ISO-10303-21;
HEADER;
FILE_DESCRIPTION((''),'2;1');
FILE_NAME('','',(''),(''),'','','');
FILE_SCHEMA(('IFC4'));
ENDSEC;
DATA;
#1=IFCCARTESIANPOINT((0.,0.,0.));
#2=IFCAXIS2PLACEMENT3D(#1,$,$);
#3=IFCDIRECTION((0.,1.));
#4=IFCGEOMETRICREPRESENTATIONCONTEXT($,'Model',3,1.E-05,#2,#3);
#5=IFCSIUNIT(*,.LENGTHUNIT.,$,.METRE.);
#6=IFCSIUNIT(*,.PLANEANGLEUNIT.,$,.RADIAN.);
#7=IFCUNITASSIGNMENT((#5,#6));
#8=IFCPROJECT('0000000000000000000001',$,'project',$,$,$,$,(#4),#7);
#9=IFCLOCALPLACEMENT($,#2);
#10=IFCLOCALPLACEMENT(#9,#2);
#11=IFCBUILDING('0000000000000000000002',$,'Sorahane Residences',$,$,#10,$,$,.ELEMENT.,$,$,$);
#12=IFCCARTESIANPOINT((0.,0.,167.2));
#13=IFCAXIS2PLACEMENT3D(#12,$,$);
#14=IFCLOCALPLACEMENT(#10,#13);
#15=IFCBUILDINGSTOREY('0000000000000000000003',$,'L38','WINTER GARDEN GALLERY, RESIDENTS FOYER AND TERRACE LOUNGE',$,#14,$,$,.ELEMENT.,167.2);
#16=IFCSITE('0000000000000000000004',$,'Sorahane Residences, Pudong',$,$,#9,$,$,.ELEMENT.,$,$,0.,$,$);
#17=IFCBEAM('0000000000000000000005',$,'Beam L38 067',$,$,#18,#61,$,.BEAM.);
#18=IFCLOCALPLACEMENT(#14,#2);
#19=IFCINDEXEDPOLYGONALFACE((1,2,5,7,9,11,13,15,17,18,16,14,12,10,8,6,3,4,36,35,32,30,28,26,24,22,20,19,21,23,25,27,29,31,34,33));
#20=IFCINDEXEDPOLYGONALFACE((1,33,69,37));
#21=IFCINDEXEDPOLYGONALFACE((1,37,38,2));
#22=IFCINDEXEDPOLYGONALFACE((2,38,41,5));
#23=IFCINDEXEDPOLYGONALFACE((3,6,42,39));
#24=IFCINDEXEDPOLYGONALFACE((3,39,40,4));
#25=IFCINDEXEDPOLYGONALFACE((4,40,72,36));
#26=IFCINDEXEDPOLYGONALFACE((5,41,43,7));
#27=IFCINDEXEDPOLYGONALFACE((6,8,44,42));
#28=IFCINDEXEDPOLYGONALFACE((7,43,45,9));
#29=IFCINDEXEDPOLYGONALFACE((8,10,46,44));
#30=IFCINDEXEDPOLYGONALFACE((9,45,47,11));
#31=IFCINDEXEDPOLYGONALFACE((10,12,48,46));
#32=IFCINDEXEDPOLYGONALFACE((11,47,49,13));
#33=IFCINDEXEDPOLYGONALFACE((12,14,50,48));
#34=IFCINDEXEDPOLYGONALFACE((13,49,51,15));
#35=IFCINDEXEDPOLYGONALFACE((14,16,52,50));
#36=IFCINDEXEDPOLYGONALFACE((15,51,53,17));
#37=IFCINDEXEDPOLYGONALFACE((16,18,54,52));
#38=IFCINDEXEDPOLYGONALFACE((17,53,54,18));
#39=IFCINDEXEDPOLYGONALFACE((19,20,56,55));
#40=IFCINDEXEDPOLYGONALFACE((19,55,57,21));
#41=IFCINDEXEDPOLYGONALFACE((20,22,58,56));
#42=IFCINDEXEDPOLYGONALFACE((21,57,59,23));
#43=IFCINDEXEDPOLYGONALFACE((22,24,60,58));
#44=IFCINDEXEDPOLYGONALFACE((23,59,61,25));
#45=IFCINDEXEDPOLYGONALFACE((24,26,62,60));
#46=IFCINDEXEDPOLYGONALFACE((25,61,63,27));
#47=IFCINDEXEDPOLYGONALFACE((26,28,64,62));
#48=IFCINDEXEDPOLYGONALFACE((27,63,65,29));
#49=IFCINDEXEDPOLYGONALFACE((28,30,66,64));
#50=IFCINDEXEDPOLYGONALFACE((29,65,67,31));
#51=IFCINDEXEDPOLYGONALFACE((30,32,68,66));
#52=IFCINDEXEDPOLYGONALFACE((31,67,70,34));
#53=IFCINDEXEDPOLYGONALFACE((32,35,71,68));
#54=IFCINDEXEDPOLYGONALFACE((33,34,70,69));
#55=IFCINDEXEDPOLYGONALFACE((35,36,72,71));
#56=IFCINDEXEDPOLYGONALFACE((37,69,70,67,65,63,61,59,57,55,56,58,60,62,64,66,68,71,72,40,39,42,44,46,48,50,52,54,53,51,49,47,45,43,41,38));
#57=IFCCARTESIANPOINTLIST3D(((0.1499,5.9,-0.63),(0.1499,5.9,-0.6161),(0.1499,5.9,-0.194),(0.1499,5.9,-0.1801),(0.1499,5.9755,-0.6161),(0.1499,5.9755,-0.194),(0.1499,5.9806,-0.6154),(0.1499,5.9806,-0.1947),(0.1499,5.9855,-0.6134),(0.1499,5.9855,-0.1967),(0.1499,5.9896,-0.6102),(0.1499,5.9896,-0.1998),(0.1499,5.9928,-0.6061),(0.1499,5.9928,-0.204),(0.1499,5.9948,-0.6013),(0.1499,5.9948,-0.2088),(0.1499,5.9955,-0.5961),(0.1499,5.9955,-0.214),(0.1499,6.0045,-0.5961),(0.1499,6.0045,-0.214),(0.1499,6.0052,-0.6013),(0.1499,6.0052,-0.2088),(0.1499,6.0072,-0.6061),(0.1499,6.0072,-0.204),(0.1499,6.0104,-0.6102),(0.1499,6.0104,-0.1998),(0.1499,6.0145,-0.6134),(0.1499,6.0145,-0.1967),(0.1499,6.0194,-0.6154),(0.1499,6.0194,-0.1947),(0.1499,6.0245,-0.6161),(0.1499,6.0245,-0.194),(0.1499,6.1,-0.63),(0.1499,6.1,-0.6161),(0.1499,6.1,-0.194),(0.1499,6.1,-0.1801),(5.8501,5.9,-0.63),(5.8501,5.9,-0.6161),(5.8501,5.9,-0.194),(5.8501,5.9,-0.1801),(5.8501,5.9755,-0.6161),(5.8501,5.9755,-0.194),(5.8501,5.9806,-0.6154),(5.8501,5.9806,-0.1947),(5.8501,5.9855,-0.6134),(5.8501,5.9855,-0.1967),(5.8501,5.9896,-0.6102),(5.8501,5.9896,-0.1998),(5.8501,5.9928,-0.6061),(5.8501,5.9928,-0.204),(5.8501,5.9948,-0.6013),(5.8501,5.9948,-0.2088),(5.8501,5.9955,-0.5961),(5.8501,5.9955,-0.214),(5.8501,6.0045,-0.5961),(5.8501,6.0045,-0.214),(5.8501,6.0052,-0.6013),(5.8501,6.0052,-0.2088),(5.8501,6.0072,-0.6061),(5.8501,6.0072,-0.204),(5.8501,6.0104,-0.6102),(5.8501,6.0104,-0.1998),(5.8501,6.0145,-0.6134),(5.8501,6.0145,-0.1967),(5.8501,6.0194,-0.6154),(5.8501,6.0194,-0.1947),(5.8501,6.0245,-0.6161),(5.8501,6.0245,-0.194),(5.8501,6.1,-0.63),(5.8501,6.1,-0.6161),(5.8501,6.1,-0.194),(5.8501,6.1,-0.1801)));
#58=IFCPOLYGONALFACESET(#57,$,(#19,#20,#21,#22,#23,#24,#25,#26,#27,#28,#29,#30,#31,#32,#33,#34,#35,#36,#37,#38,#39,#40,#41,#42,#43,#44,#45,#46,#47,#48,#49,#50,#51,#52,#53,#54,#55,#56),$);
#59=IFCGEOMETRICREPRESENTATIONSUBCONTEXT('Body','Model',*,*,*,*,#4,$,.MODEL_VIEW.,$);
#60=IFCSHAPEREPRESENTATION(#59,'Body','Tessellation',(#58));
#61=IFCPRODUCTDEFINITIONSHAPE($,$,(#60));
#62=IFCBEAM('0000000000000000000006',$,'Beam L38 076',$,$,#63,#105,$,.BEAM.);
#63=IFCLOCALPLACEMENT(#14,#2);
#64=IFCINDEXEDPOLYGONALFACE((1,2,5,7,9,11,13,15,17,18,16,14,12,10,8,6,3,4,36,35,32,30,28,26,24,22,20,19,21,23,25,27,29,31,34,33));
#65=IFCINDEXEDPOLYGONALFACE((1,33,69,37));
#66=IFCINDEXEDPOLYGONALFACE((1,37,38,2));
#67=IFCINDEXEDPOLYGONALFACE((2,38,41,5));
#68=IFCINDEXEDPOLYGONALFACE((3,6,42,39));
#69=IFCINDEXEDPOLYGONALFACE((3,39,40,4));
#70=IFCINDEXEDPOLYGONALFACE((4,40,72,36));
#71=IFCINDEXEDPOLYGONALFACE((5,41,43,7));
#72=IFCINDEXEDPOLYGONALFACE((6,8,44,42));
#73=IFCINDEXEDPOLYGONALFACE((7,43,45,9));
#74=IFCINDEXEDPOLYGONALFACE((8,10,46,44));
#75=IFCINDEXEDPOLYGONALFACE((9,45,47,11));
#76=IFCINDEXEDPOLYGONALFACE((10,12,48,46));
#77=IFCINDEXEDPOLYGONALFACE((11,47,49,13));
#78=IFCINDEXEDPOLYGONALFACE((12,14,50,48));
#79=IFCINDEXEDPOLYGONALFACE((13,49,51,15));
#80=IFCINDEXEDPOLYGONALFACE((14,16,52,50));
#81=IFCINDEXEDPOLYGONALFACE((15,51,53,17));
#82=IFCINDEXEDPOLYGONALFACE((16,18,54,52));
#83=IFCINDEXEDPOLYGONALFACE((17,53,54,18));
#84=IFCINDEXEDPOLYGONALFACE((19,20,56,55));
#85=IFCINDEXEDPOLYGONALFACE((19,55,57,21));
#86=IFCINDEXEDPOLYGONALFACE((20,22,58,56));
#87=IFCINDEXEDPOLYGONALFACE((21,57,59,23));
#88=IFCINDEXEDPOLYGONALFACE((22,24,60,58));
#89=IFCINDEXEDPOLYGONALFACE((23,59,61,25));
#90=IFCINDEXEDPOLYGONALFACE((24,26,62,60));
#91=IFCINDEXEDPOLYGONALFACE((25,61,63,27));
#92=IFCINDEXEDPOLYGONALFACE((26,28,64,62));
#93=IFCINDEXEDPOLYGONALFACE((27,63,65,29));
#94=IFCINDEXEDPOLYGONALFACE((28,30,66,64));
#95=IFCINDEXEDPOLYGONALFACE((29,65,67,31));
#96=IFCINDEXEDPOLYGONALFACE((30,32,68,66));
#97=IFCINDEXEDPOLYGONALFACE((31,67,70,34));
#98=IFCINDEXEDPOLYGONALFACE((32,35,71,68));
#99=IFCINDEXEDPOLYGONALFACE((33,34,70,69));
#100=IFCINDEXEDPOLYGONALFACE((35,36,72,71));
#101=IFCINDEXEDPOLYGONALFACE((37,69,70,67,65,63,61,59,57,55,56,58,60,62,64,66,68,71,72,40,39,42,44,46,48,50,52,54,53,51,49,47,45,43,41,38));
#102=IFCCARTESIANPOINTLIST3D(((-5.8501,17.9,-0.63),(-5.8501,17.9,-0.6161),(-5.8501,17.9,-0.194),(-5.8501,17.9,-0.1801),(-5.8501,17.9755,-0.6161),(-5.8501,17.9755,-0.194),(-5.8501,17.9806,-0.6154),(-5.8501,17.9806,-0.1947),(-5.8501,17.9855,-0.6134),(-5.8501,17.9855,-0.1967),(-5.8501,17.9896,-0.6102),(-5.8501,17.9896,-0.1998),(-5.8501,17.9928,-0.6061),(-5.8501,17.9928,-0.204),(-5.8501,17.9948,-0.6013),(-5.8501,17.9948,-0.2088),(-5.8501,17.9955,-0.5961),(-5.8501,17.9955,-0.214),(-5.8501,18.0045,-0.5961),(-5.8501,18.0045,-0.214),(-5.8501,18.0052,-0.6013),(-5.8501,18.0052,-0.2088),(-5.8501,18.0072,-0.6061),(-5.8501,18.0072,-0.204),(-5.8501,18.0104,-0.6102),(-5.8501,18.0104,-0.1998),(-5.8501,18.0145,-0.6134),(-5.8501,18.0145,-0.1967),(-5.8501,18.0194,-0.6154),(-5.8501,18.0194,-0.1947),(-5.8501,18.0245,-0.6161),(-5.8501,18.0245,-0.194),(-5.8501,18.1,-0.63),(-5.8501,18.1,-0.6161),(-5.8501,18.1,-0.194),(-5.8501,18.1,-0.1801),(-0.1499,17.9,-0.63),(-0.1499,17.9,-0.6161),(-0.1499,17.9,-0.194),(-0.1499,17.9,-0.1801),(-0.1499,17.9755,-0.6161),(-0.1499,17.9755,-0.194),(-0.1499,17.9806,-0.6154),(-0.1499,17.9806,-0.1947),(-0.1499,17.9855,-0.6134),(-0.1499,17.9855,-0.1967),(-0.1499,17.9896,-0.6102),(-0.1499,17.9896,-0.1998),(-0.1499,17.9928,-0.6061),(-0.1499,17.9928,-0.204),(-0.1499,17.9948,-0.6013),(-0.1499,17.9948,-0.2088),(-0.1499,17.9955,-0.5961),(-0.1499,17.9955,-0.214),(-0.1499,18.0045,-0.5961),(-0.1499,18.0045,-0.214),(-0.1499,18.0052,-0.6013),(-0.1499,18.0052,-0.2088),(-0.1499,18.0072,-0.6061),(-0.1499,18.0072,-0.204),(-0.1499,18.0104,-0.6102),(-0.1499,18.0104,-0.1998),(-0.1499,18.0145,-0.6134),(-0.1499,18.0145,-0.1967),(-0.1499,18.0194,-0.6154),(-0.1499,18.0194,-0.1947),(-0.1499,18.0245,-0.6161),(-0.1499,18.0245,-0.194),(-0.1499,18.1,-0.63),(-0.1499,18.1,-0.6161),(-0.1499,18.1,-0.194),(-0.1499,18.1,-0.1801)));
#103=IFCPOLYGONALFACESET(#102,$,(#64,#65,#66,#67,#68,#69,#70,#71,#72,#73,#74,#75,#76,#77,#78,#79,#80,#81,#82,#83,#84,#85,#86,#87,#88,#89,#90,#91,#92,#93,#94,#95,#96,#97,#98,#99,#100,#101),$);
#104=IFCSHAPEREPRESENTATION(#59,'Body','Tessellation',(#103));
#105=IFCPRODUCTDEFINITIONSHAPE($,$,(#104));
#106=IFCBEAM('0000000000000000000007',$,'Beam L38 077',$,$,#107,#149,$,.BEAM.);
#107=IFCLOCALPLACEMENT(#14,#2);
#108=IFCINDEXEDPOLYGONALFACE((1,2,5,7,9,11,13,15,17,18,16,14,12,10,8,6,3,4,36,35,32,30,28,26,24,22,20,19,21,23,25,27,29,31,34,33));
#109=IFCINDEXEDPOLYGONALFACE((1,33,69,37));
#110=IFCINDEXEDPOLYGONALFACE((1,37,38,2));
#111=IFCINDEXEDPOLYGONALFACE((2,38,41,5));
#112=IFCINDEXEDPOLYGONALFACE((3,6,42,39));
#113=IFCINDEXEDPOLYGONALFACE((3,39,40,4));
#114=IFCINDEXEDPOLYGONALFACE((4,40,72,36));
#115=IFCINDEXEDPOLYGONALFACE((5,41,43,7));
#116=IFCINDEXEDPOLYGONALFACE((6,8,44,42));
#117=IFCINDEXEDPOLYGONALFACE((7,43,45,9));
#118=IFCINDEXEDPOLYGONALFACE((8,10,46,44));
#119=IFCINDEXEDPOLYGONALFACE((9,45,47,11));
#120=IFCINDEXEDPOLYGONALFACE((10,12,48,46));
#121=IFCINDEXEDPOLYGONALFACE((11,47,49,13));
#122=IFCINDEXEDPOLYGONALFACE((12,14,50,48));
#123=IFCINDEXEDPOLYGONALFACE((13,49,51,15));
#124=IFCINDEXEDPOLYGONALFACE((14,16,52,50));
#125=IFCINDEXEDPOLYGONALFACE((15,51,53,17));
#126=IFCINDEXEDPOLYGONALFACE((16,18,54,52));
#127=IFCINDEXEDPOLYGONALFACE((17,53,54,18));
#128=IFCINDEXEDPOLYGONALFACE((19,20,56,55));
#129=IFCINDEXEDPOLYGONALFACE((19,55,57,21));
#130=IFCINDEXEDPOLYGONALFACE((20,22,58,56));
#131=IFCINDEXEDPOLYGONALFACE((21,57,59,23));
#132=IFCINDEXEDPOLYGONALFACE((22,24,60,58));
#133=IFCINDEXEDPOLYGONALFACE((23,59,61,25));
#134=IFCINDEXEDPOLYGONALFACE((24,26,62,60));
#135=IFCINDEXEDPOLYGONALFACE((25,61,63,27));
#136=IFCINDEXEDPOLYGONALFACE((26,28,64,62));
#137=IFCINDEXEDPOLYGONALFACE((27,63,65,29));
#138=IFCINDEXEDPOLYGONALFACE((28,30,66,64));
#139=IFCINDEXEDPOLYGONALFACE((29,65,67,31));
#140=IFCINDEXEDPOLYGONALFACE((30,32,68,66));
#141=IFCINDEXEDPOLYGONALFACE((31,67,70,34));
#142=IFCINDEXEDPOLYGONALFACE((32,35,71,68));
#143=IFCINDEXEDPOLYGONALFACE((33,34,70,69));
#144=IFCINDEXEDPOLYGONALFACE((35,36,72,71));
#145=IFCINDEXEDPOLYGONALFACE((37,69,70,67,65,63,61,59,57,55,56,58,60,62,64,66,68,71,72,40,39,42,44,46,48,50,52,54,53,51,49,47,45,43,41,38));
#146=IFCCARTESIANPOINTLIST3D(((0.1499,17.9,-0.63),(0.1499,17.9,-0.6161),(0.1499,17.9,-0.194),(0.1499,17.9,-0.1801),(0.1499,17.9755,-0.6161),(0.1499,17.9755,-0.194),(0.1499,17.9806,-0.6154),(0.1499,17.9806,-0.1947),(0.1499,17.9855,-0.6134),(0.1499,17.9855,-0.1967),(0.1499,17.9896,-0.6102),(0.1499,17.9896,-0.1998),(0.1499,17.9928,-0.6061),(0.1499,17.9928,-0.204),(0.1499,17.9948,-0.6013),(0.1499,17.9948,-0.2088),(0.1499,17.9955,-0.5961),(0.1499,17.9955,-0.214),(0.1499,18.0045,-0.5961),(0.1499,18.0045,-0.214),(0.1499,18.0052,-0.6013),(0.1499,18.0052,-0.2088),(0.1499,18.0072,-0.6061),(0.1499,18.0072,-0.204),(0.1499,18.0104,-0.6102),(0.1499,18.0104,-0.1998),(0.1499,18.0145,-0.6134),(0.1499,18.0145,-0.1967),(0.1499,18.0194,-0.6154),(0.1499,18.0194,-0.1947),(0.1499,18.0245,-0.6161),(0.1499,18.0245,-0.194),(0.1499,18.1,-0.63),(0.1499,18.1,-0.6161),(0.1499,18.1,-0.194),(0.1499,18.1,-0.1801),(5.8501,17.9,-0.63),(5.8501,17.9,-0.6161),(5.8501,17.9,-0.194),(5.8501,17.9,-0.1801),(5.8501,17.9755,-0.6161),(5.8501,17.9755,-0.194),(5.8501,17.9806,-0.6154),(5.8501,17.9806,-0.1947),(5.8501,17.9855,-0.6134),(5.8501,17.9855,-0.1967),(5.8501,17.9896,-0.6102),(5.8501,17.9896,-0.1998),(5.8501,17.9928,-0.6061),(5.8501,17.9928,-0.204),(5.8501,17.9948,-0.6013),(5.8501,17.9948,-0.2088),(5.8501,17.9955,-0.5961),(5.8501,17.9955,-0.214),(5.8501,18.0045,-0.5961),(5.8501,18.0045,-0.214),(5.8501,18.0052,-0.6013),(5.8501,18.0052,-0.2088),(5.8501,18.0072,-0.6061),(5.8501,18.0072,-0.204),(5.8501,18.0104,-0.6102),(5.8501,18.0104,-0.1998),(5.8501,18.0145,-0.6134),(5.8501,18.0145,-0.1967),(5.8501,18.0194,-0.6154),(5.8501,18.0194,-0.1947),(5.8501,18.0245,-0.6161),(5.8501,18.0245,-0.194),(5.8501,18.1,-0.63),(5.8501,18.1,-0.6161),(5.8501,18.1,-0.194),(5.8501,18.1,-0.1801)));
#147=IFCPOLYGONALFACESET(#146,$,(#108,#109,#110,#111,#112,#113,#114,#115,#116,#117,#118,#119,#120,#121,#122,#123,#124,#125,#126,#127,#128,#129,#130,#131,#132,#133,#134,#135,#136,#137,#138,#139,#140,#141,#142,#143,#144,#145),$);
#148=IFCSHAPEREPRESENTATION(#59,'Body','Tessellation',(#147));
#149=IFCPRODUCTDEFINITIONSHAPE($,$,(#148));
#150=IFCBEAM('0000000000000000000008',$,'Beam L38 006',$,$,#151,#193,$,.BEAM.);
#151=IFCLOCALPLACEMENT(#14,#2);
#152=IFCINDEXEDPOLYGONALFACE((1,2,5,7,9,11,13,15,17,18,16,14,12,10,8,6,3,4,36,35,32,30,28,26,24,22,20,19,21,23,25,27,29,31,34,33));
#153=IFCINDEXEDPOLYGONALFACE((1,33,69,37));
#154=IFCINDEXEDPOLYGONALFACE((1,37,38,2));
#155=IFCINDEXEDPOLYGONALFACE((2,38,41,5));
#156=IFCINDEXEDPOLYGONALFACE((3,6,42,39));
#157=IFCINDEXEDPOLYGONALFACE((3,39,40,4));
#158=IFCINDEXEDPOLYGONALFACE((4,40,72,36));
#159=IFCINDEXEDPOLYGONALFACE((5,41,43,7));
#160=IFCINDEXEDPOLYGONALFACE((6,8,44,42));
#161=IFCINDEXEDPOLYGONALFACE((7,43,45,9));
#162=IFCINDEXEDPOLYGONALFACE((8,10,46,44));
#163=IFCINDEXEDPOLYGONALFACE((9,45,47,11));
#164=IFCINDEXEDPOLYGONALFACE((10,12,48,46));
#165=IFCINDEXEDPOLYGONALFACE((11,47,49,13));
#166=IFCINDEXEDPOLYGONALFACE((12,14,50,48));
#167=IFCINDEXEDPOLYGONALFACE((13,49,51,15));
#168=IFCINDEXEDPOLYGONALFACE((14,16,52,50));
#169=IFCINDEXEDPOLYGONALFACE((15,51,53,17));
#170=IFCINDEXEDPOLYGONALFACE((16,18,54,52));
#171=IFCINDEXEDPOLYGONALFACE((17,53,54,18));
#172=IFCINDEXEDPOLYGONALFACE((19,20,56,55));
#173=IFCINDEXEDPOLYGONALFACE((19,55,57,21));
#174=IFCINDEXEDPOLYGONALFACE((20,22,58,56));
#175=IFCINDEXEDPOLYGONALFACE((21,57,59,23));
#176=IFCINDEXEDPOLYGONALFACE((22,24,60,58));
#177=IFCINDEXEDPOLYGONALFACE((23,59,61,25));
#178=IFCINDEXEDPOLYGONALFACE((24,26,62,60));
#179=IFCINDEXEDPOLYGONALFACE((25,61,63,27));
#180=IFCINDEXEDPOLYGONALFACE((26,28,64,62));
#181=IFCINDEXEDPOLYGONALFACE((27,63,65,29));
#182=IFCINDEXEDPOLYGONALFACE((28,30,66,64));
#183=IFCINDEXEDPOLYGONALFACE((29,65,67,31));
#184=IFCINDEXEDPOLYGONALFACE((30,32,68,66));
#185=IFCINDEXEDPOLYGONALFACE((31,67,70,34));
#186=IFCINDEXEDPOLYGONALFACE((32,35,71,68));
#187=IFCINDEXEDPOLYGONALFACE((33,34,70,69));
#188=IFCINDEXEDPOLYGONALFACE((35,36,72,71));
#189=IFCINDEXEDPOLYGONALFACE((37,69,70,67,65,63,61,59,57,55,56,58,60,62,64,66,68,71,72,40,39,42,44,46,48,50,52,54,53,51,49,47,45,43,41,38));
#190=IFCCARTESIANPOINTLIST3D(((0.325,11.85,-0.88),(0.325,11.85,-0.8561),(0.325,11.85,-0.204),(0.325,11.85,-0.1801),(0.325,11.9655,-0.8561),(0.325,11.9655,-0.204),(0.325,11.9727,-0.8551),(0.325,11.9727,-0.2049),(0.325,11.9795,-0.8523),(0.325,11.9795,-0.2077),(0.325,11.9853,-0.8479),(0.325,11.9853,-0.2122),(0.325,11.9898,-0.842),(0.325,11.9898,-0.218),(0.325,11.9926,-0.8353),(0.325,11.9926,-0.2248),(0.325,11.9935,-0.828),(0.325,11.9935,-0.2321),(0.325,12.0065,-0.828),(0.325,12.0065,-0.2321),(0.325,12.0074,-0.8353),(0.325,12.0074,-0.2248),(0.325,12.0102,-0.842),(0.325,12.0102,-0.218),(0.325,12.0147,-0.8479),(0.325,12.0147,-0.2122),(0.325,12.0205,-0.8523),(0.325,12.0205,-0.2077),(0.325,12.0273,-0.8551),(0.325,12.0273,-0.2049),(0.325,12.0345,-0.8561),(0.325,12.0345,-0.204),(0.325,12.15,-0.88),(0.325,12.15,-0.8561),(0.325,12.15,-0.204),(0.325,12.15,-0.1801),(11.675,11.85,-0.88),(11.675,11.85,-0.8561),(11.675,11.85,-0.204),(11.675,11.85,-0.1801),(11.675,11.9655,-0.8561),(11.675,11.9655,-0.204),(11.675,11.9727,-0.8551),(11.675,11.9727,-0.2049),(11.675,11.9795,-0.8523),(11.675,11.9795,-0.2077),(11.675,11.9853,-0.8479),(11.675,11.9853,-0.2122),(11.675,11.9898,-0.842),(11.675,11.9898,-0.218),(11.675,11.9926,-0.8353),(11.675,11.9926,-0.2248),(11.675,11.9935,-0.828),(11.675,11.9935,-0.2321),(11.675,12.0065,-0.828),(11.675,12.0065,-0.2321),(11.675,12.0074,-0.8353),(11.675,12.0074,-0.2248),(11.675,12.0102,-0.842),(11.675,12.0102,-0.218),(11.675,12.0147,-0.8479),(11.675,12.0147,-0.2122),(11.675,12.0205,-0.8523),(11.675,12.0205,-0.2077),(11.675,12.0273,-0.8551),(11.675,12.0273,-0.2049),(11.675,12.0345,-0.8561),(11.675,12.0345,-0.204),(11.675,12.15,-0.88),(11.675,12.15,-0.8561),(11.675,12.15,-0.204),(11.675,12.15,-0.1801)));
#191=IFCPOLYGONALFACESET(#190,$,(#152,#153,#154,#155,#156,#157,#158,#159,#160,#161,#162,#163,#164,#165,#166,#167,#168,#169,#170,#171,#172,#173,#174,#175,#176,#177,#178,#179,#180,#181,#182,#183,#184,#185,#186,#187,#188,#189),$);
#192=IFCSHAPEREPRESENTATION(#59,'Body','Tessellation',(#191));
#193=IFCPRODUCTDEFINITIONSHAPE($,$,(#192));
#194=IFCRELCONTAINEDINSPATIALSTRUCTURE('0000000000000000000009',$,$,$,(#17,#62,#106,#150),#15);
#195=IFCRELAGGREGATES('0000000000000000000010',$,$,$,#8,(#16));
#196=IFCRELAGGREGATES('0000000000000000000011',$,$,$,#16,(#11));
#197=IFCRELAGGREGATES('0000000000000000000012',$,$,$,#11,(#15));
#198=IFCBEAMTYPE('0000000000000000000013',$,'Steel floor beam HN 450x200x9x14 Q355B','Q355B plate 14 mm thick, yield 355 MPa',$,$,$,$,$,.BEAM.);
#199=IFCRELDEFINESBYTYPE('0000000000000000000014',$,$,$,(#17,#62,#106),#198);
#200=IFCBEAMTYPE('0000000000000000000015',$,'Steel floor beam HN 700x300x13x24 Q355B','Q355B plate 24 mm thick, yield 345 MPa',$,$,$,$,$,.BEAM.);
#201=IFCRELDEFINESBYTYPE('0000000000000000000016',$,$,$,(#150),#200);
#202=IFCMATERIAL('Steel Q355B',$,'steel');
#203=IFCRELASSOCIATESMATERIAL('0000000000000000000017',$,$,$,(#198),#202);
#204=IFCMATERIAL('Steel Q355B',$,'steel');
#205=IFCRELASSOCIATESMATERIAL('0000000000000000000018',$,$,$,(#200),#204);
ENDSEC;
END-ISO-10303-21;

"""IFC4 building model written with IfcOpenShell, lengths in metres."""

from ifc_helpers import new_model, si_unit, direction, frame, origin, origin_2d, place, context, subcontext, project, spatial, i_section, extrude, material, material_profile, profile_set, type_object, element, save


model = new_model("IFC4")

# Units and contexts
model_context = context("Model", 3, precision=1e-05, world=origin(), true_north=direction((0.0, 1.0)))
body_context = subcontext(model_context, "Body", "Model", "MODEL_VIEW")
ifc_project = project(units=[si_unit("LENGTHUNIT", "METRE"), si_unit("PLANEANGLEUNIT", "RADIAN")], contexts=[model_context])

# Site, building, storey
site_placement = place(None, origin())
site = spatial("IfcSite", under=ifc_project, at=site_placement, Name="Sorahane Residences, Pudong", CompositionType="ELEMENT", RefElevation=0.0)
building_placement = place(site_placement, origin())
building = spatial("IfcBuilding", under=site, at=building_placement, Name="Sorahane Residences", CompositionType="ELEMENT")
storey_placement = place(building_placement, frame((0.0, 0.0, 167.2)))
storey = spatial("IfcBuildingStorey", under=building, at=storey_placement, Name="L38", Description="WINTER GARDEN GALLERY, RESIDENTS FOYER AND TERRACE LOUNGE", CompositionType="ELEMENT", Elevation=167.2)

# Beams
ifc_material_1 = material(Name="Steel Q355B", Category="steel")
ifc_material_profile_1 = material_profile(ifc_material_1, i_section(OverallWidth=0.2, OverallDepth=0.45, WebThickness=0.009, FlangeThickness=0.0139, FilletRadius=0.02, at=origin_2d()), Name="HN 450x200x9x14")
ifc_profile_set_1 = profile_set([ifc_material_profile_1], Name="Steel Q355B")
beam_type_1 = type_object("IfcBeamType", Name="Steel floor beam HN 450x200x9x14 Q355B", Description="Q355B plate 14 mm thick, yield 355 MPa", PredefinedType="BEAM", material=ifc_profile_set_1)
for number, where, z_axis, x_axis, name in (
    (1, (0.1499, 6.0, -0.405), (1.0, 0.0, 0.0), (0.0, 1.0, 0.0), "Beam L38 067"),
    (2, (-5.8501, 18.0, -0.405), (1.0, 0.0, 0.0), (0.0, 1.0, 0.0), "Beam L38 076"),
    (3, (0.1499, 18.0, -0.405), (1.0, 0.0, 0.0), (0.0, 1.0, 0.0), "Beam L38 077"),
):
    element("IfcBeam", number, at=place(storey_placement, frame(where, z_axis=z_axis, x_axis=x_axis)), inside=storey, type_object=beam_type_1, Name=name, PredefinedType="BEAM", context=body_context, shape_type="SweptSolid", body=[
        extrude(i_section(OverallWidth=0.2, OverallDepth=0.45, WebThickness=0.009, FlangeThickness=0.0139, FilletRadius=0.02, at=origin_2d()), origin(), (0.0, 0.0, 1.0), 5.7002),
    ])
ifc_material_2 = material(Name="Steel Q355B", Category="steel")
ifc_material_profile_2 = material_profile(ifc_material_2, i_section(OverallWidth=0.3, OverallDepth=0.7, WebThickness=0.0129, FlangeThickness=0.0239, FilletRadius=0.0281, at=origin_2d()), Name="HN 700x300x13x24")
ifc_profile_set_2 = profile_set([ifc_material_profile_2], Name="Steel Q355B")
beam_type_2 = type_object("IfcBeamType", Name="Steel floor beam HN 700x300x13x24 Q355B", Description="Q355B plate 24 mm thick, yield 345 MPa", PredefinedType="BEAM", material=ifc_profile_set_2)
beam_1_placement = place(storey_placement, frame((0.325, 12.0, -0.53), z_axis=(1.0, 0.0, 0.0), x_axis=(0.0, 1.0, 0.0)))
element("IfcBeam", 4, at=beam_1_placement, inside=storey, type_object=beam_type_2, Name="Beam L38 006", PredefinedType="BEAM", context=body_context, shape_type="SweptSolid", body=[
    extrude(i_section(OverallWidth=0.3, OverallDepth=0.7, WebThickness=0.0129, FlangeThickness=0.0239, FilletRadius=0.0281, at=origin_2d()), origin(), (0.0, 0.0, 1.0), 11.3501),
])

save(model, "model.ifc")
